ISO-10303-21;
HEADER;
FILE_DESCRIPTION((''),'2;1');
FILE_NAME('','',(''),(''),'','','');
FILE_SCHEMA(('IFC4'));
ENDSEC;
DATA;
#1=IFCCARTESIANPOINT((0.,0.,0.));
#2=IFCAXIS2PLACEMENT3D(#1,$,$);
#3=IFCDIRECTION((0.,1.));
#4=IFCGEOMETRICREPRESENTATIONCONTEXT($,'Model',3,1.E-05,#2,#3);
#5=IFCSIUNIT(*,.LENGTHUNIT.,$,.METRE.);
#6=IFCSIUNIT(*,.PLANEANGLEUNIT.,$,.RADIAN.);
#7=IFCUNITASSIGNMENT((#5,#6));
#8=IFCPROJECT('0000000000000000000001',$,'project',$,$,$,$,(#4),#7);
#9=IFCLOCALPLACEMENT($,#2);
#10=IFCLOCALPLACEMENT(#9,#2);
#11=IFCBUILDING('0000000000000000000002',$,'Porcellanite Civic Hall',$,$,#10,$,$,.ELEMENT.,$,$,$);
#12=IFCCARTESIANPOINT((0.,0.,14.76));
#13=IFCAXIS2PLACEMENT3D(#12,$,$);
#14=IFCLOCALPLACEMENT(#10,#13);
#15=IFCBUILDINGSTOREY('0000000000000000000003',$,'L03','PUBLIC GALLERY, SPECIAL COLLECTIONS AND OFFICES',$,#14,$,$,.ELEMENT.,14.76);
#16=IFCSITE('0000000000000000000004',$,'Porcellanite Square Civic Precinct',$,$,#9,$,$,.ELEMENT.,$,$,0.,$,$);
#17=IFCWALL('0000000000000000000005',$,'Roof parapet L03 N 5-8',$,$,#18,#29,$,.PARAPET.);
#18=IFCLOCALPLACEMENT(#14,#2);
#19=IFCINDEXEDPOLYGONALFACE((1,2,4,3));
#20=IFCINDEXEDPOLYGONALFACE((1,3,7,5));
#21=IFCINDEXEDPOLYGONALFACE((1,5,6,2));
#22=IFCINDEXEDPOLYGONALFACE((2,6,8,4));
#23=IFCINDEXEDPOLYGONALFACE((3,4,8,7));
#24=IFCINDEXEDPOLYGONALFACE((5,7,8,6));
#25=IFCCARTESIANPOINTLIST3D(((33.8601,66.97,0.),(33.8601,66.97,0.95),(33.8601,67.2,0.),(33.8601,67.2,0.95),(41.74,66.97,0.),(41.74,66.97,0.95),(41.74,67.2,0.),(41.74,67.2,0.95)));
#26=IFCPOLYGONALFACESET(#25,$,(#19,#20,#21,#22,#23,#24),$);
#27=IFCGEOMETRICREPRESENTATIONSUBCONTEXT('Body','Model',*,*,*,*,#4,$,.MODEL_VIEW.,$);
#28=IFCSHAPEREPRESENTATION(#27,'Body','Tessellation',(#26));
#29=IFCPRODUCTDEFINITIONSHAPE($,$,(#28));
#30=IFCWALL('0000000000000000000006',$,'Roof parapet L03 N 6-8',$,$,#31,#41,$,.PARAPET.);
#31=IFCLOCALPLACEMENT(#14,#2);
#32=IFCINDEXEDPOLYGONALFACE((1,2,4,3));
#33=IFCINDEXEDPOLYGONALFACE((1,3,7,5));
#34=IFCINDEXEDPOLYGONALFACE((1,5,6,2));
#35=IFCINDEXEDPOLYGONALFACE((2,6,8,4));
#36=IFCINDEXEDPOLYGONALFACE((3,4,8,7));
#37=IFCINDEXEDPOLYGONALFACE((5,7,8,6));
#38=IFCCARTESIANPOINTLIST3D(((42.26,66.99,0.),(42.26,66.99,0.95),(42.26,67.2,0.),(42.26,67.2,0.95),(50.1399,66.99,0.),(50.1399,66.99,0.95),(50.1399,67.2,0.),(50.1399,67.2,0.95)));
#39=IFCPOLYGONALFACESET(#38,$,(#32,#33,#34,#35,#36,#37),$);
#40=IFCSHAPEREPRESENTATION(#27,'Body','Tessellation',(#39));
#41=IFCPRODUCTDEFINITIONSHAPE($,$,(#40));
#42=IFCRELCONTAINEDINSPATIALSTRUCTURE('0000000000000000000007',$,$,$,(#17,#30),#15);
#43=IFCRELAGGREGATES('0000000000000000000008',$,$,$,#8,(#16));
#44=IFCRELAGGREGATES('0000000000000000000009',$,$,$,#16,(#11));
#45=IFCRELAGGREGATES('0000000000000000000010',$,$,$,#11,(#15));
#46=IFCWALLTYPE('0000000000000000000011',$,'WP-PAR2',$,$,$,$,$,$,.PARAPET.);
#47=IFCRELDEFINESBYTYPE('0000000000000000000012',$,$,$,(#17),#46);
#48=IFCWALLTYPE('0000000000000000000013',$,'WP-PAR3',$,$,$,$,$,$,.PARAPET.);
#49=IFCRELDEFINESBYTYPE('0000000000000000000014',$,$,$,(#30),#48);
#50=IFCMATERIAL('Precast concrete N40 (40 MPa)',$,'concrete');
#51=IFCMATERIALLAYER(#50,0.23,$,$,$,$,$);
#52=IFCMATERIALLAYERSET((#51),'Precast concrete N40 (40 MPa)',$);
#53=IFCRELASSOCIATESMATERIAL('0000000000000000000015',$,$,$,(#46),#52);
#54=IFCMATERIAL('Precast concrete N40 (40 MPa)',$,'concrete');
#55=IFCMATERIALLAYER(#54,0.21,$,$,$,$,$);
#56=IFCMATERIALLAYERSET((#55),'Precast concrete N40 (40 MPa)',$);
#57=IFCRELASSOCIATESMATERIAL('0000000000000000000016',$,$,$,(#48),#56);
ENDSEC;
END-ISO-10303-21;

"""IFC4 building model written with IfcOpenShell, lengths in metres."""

from ifc_helpers import new_model, si_unit, direction, frame, frame_2d, origin, place, context, subcontext, project, spatial, rectangle, extrude, material, layer, layer_set, type_object, element, save


model = new_model("IFC4")

# Units and contexts
model_context = context("Model", 3, precision=1e-05, world=origin(), true_north=direction((0.0, 1.0)))
body_context = subcontext(model_context, "Body", "Model", "MODEL_VIEW")
ifc_project = project(units=[si_unit("LENGTHUNIT", "METRE"), si_unit("PLANEANGLEUNIT", "RADIAN")], contexts=[model_context])

# Site, building, storey
site_placement = place(None, origin())
site = spatial("IfcSite", under=ifc_project, at=site_placement, Name="Porcellanite Square Civic Precinct", CompositionType="ELEMENT", RefElevation=0.0)
building_placement = place(site_placement, origin())
building = spatial("IfcBuilding", under=site, at=building_placement, Name="Porcellanite Civic Hall", CompositionType="ELEMENT")
storey_placement = place(building_placement, frame((0.0, 0.0, 14.76)))
storey = spatial("IfcBuildingStorey", under=building, at=storey_placement, Name="L03", Description="PUBLIC GALLERY, SPECIAL COLLECTIONS AND OFFICES", CompositionType="ELEMENT", Elevation=14.76)

# Walls
ifc_material_1 = material(Name="Precast concrete N40 (40 MPa)", Category="concrete")
ifc_layer_1 = layer(ifc_material_1, 0.23)
ifc_layer_set_1 = layer_set([ifc_layer_1], Name="Precast concrete N40 (40 MPa)")
wall_type_1 = type_object("IfcWallType", Name="WP-PAR2", PredefinedType="PARAPET", material=ifc_layer_set_1)
wall_1_placement = place(storey_placement, frame((33.8601, 67.085, 0.0), z_axis=(0.0, 0.0, 1.0), x_axis=(1.0, 0.0, 0.0)))
element("IfcWall", 1, at=wall_1_placement, inside=storey, type_object=wall_type_1, Name="Roof parapet L03 N 5-8", PredefinedType="PARAPET", context=body_context, shape_type="SweptSolid", body=[
    extrude(rectangle(XDim=7.8799, YDim=0.23, at=frame_2d((3.9399, 0.0))), origin(), (0.0, 0.0, 1.0), 0.95),
])
ifc_material_2 = material(Name="Precast concrete N40 (40 MPa)", Category="concrete")
ifc_layer_2 = layer(ifc_material_2, 0.21)
ifc_layer_set_2 = layer_set([ifc_layer_2], Name="Precast concrete N40 (40 MPa)")
wall_type_2 = type_object("IfcWallType", Name="WP-PAR3", PredefinedType="PARAPET", material=ifc_layer_set_2)
wall_2_placement = place(storey_placement, frame((42.26, 67.095, 0.0), z_axis=(0.0, 0.0, 1.0), x_axis=(1.0, 0.0, 0.0)))
element("IfcWall", 2, at=wall_2_placement, inside=storey, type_object=wall_type_2, Name="Roof parapet L03 N 6-8", PredefinedType="PARAPET", context=body_context, shape_type="SweptSolid", body=[
    extrude(rectangle(XDim=7.8799, YDim=0.21, at=frame_2d((3.9399, 0.0))), origin(), (0.0, 0.0, 1.0), 0.95),
])

save(model, "model.ifc")
